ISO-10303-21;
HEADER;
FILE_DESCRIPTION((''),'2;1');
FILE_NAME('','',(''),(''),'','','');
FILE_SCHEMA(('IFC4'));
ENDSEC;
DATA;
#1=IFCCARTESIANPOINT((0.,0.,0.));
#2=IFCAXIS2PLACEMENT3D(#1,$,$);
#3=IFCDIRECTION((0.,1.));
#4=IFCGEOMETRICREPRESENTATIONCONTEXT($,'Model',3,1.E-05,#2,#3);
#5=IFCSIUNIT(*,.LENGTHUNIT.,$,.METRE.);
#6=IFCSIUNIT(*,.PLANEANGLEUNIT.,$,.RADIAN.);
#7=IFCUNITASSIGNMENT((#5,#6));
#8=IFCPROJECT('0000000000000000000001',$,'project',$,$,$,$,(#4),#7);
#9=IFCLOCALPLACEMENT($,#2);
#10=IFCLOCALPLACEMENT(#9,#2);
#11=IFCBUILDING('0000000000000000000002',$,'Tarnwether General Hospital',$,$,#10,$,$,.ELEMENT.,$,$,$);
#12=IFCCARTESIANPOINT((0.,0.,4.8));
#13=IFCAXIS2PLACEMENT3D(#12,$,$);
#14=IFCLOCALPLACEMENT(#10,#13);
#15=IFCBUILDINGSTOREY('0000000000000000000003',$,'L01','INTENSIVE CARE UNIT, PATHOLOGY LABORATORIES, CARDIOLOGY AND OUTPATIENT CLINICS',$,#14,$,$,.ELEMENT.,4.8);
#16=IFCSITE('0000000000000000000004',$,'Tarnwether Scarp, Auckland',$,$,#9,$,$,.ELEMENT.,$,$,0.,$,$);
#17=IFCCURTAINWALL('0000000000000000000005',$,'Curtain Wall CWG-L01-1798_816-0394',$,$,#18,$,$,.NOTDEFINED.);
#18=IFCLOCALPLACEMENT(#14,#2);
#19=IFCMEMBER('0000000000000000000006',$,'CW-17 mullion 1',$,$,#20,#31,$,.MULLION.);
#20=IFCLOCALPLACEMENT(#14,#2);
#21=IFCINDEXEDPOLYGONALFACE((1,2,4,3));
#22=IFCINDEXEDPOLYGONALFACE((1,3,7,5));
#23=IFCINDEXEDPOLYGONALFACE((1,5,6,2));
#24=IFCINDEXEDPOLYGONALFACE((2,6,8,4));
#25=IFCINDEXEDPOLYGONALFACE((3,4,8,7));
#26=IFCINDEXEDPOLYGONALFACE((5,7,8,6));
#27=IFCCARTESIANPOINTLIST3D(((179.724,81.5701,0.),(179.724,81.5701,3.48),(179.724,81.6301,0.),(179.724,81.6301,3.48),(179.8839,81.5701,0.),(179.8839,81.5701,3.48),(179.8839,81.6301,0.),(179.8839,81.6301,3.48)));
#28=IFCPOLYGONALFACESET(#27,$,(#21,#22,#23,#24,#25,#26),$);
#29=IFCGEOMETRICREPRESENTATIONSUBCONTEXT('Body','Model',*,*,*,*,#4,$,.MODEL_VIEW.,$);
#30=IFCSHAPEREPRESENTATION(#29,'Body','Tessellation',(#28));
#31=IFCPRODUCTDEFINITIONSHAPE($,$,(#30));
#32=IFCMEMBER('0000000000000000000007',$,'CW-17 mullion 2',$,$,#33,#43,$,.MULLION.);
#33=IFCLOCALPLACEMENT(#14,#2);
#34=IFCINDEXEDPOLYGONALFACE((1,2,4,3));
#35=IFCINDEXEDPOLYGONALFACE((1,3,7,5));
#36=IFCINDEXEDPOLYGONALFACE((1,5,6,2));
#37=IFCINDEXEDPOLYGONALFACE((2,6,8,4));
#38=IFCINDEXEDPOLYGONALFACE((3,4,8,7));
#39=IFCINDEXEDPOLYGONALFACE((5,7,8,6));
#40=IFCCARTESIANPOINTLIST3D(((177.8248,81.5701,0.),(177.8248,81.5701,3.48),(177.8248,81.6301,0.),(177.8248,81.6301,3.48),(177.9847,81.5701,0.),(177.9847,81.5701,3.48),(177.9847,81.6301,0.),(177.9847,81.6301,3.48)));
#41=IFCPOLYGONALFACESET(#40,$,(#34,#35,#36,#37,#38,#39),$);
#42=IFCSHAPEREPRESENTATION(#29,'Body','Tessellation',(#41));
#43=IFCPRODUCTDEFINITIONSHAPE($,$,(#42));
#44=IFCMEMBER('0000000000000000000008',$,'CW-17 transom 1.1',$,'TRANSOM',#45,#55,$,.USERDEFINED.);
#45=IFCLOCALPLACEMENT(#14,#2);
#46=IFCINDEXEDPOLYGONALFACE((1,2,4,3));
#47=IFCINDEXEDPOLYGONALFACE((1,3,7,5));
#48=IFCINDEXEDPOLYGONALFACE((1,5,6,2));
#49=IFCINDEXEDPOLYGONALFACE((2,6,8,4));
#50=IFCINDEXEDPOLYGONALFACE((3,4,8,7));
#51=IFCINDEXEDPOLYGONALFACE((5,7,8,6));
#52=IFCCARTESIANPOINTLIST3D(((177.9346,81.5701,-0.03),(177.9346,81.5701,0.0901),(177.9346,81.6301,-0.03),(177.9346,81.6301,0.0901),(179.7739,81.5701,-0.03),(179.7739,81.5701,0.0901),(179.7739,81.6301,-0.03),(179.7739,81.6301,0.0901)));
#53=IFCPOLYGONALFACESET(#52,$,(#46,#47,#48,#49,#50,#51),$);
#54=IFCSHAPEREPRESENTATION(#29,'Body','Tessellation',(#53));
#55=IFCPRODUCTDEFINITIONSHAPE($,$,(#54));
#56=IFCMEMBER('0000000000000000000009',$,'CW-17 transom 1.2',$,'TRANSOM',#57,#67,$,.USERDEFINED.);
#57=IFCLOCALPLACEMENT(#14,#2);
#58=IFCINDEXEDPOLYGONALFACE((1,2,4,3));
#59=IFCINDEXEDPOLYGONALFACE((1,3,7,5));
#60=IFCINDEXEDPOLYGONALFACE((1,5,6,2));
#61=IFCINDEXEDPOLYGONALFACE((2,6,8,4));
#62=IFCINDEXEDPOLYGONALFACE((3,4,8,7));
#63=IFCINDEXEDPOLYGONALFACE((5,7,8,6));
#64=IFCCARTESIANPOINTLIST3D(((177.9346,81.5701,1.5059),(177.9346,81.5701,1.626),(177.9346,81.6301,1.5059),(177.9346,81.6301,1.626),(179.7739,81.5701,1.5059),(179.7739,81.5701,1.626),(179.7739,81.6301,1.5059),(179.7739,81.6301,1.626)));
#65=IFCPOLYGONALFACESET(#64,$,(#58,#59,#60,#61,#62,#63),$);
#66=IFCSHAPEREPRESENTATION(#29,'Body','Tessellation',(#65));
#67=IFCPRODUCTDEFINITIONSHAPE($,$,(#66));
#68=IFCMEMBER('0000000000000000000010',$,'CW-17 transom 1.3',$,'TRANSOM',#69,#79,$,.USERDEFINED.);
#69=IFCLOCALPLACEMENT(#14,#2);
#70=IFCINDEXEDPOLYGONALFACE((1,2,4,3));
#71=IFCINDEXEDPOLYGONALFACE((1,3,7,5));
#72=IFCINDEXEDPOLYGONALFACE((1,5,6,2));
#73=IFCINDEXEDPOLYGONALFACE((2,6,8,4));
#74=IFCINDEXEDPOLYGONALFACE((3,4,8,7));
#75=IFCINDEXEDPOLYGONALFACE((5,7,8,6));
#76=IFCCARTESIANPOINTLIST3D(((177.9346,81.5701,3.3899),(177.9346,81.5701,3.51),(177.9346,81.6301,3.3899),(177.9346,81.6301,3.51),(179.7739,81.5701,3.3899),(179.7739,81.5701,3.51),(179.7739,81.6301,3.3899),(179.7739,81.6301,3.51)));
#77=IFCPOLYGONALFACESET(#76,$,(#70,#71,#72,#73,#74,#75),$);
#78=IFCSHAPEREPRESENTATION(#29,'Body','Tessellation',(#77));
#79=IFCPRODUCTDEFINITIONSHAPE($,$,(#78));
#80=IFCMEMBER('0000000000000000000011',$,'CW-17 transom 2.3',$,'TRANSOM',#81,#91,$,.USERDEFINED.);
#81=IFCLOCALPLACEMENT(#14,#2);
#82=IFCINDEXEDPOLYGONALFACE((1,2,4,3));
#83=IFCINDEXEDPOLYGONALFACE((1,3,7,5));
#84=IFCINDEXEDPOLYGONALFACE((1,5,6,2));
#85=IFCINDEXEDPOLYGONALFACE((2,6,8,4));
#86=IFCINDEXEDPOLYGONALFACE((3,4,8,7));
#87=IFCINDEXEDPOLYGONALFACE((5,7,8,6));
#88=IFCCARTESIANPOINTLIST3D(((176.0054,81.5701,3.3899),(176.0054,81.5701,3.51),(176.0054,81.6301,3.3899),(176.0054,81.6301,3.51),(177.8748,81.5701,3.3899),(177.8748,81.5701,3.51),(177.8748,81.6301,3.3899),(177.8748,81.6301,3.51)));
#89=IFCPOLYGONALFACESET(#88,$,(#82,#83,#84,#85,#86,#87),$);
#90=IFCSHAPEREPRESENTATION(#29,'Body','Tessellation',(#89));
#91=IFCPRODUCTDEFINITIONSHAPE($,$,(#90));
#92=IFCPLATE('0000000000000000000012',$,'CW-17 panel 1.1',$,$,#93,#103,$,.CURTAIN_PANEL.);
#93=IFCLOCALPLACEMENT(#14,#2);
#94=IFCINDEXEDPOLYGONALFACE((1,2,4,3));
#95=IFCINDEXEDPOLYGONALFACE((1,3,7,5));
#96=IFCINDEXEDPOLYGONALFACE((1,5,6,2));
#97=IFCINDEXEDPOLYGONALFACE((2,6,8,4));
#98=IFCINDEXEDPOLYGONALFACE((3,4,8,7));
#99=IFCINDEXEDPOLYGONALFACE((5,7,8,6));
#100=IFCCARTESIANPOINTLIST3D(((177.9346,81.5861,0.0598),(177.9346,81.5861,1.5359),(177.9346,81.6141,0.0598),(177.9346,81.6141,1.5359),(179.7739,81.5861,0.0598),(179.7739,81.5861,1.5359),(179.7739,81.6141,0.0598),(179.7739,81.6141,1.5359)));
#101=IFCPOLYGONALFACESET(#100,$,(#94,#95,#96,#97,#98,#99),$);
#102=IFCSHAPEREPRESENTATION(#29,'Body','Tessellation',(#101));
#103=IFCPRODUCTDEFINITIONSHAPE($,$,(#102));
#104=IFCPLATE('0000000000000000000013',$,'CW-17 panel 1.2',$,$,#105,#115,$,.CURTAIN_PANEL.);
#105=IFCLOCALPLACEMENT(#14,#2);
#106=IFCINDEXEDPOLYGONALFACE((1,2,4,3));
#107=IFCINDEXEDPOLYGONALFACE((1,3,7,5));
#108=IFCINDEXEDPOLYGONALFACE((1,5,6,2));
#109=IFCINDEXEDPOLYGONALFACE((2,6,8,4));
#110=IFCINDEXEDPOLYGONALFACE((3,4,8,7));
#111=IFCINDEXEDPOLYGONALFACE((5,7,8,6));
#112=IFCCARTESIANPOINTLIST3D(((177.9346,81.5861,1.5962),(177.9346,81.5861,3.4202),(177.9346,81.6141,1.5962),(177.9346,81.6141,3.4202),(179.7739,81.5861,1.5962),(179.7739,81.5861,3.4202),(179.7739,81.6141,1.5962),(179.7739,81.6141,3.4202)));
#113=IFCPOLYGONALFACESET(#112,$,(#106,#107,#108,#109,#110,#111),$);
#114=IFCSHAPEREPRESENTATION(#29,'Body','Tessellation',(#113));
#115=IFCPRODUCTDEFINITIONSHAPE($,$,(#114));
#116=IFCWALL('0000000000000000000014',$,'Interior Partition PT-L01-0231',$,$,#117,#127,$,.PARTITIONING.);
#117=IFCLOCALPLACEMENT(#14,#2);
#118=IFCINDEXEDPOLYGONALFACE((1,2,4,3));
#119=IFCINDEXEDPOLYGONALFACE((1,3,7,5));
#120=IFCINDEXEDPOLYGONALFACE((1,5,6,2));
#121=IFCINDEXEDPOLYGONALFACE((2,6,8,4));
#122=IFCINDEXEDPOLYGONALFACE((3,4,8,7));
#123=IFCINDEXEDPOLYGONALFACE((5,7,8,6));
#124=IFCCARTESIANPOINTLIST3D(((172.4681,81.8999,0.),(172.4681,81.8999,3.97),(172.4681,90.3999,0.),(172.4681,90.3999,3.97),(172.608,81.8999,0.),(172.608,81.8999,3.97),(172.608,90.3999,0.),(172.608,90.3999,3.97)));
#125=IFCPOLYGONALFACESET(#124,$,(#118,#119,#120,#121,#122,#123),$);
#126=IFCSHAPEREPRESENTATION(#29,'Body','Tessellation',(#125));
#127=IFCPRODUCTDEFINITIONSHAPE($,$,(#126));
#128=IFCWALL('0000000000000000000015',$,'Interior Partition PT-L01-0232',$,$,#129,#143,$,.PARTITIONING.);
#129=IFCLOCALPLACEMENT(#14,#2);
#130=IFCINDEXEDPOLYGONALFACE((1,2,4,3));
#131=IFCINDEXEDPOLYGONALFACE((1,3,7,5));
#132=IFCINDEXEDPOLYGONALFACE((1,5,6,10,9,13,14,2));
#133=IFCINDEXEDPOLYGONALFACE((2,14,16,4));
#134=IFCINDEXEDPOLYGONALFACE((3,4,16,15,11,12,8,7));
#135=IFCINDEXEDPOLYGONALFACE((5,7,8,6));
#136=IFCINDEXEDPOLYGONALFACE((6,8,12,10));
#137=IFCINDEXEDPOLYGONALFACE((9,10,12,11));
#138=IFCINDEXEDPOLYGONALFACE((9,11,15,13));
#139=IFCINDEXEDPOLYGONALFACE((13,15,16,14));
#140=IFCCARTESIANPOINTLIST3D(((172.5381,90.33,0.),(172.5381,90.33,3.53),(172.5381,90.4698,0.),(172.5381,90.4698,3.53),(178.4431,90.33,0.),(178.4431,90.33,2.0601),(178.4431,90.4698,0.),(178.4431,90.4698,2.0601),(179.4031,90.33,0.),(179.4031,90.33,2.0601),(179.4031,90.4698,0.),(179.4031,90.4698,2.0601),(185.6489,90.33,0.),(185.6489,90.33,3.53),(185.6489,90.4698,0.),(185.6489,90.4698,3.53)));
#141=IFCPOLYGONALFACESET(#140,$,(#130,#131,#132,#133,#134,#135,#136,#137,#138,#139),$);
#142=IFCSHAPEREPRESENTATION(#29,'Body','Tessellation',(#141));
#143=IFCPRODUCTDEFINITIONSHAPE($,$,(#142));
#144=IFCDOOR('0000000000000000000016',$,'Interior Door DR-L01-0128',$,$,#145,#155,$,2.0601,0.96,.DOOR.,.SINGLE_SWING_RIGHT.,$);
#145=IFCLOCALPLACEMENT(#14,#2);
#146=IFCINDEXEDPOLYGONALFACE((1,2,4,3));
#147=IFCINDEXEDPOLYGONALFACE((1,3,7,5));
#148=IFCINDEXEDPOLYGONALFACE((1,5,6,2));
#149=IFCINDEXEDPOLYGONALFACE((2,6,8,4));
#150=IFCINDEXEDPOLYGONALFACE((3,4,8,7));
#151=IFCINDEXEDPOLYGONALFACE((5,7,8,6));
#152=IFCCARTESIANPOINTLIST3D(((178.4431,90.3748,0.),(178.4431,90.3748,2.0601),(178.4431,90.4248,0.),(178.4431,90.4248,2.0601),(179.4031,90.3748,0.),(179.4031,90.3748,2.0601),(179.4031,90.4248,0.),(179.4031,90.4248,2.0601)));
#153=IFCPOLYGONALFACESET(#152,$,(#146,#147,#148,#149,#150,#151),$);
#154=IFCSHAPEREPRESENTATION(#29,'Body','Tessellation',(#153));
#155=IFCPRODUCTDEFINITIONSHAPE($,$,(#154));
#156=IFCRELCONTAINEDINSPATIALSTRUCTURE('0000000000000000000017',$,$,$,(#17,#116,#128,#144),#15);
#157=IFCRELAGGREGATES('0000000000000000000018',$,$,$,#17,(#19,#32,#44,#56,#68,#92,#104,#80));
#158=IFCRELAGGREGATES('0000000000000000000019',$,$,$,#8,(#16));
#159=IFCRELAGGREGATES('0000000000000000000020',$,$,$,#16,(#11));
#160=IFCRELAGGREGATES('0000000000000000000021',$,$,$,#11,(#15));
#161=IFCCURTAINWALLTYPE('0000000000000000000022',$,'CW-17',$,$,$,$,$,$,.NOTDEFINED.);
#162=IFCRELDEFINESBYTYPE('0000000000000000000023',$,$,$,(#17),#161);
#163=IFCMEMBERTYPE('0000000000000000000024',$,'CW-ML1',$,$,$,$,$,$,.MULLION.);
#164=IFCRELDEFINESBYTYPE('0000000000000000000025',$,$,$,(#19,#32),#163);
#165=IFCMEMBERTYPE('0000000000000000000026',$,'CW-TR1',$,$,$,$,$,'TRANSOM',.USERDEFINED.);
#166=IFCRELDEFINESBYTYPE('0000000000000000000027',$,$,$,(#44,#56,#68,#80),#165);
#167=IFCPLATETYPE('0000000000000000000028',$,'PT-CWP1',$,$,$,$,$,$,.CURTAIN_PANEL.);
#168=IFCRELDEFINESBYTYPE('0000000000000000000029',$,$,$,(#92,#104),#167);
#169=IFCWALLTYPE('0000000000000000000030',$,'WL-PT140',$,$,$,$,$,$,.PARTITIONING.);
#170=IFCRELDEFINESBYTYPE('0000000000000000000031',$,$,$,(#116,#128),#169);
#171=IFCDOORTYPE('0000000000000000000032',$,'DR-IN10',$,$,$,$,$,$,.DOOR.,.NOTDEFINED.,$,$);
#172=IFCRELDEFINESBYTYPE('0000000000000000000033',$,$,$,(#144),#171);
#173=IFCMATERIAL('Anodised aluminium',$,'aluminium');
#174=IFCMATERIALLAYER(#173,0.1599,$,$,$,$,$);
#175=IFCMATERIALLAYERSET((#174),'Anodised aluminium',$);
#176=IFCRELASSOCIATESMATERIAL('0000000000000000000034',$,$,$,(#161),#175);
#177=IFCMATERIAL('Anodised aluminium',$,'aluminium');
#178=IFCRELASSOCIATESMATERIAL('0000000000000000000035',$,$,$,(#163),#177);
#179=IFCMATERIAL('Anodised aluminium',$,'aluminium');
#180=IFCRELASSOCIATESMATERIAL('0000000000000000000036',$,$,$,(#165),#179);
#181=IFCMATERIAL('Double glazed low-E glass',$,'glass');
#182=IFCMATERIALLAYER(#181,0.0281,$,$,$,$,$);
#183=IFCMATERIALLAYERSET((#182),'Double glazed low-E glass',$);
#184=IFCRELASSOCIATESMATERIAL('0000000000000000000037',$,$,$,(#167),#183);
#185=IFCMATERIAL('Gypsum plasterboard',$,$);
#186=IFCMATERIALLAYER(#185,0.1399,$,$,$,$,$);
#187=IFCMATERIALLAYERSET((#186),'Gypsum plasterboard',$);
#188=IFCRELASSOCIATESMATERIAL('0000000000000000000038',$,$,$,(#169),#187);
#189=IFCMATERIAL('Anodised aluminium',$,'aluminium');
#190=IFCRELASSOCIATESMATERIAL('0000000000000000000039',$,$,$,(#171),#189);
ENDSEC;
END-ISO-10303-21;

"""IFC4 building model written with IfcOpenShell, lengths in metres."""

from ifc_helpers import new_model, si_unit, direction, frame, frame_2d, origin, origin_2d, place, context, subcontext, project, spatial, rectangle, extrude, material, layer, layer_set, material_profile, profile_set, type_object, element, fill, aggregate, save


model = new_model("IFC4")

# Units and contexts
model_context = context("Model", 3, precision=1e-05, world=origin(), true_north=direction((0.0, 1.0)))
body_context = subcontext(model_context, "Body", "Model", "MODEL_VIEW")
ifc_project = project(units=[si_unit("LENGTHUNIT", "METRE"), si_unit("PLANEANGLEUNIT", "RADIAN")], contexts=[model_context])

# Site, building, storey
site_placement = place(None, origin())
site = spatial("IfcSite", under=ifc_project, at=site_placement, Name="Tarnwether Scarp, Auckland", CompositionType="ELEMENT", RefElevation=0.0)
building_placement = place(site_placement, origin())
building = spatial("IfcBuilding", under=site, at=building_placement, Name="Tarnwether General Hospital", CompositionType="ELEMENT")
storey_placement = place(building_placement, frame((0.0, 0.0, 4.8)))
storey = spatial("IfcBuildingStorey", under=building, at=storey_placement, Name="L01", Description="INTENSIVE CARE UNIT, PATHOLOGY LABORATORIES, CARDIOLOGY AND OUTPATIENT CLINICS", CompositionType="ELEMENT", Elevation=4.8)

# Shared definitions
ifc_material_1 = material(Name="Anodised aluminium", Category="aluminium")
ifc_layer_1 = layer(ifc_material_1, 0.1599)
ifc_layer_set_1 = layer_set([ifc_layer_1], Name="Anodised aluminium")
curtain_wall_type = type_object("IfcCurtainWallType", Name="CW-17", PredefinedType="NOTDEFINED", material=ifc_layer_set_1)
ifc_material_2 = material(Name="Anodised aluminium", Category="aluminium")
ifc_material_profile_1 = material_profile(ifc_material_2, rectangle(XDim=0.0601, YDim=0.1599, at=origin_2d()), Name="ALU-MUL-60x160")
ifc_profile_set_1 = profile_set([ifc_material_profile_1], Name="Anodised aluminium")
member_type_1 = type_object("IfcMemberType", Name="CW-ML1", PredefinedType="MULLION", material=ifc_profile_set_1)

# Curtain wall, members, plates
curtain_wall_1_placement = place(storey_placement, origin())
curtain_wall_1 = element("IfcCurtainWall", 1, at=curtain_wall_1_placement, inside=storey, type_object=curtain_wall_type, Name="Curtain Wall CWG-L01-1798_816-0394", PredefinedType="NOTDEFINED")
member_1_placement = place(storey_placement, frame((179.804, 81.6001, 0.0), z_axis=(0.0, 0.0, 1.0), x_axis=(0.0, -1.0, 0.0)))
member_1 = element("IfcMember", 2, at=member_1_placement, type_object=member_type_1, Name="CW-17 mullion 1", PredefinedType="MULLION", context=body_context, shape_type="SweptSolid", body=[
    extrude(rectangle(XDim=0.0601, YDim=0.1599, at=origin_2d()), origin(), (0.0, 0.0, 1.0), 3.48),
])
member_2_placement = place(storey_placement, frame((177.9048, 81.6001, 0.0), z_axis=(0.0, 0.0, 1.0), x_axis=(0.0, -1.0, 0.0)))
member_2 = element("IfcMember", 3, at=member_2_placement, type_object=member_type_1, Name="CW-17 mullion 2", PredefinedType="MULLION", context=body_context, shape_type="SweptSolid", body=[
    extrude(rectangle(XDim=0.0601, YDim=0.1599, at=origin_2d()), origin(), (0.0, 0.0, 1.0), 3.48),
])
ifc_material_3 = material(Name="Anodised aluminium", Category="aluminium")
ifc_material_profile_2 = material_profile(ifc_material_3, rectangle(XDim=0.0601, YDim=0.1201, at=origin_2d()), Name="ALU-TRN-60x120")
ifc_profile_set_2 = profile_set([ifc_material_profile_2], Name="Anodised aluminium")
member_type_2 = type_object("IfcMemberType", Name="CW-TR1", ElementType="TRANSOM", PredefinedType="USERDEFINED", material=ifc_profile_set_2)
member_3_placement = place(storey_placement, frame((179.7739, 81.6001, 0.03), z_axis=(-1.0, 0.0, 0.0), x_axis=(0.0, -1.0, 0.0)))
member_3 = element("IfcMember", 4, at=member_3_placement, type_object=member_type_2, Name="CW-17 transom 1.1", ObjectType="TRANSOM", PredefinedType="USERDEFINED", context=body_context, shape_type="SweptSolid", body=[
    extrude(rectangle(XDim=0.0601, YDim=0.1201, at=origin_2d()), origin(), (0.0, 0.0, 1.0), 1.8394),
])
member_4_placement = place(storey_placement, frame((179.7739, 81.6001, 1.5659), z_axis=(-1.0, 0.0, 0.0), x_axis=(0.0, -1.0, 0.0)))
member_4 = element("IfcMember", 5, at=member_4_placement, type_object=member_type_2, Name="CW-17 transom 1.2", ObjectType="TRANSOM", PredefinedType="USERDEFINED", context=body_context, shape_type="SweptSolid", body=[
    extrude(rectangle(XDim=0.0601, YDim=0.1201, at=origin_2d()), origin(), (0.0, 0.0, 1.0), 1.8394),
])
member_5_placement = place(storey_placement, frame((179.7739, 81.6001, 3.45), z_axis=(-1.0, 0.0, 0.0), x_axis=(0.0, -1.0, 0.0)))
member_5 = element("IfcMember", 6, at=member_5_placement, type_object=member_type_2, Name="CW-17 transom 1.3", ObjectType="TRANSOM", PredefinedType="USERDEFINED", context=body_context, shape_type="SweptSolid", body=[
    extrude(rectangle(XDim=0.0601, YDim=0.1201, at=origin_2d()), origin(), (0.0, 0.0, 1.0), 1.8394),
])
member_6_placement = place(storey_placement, frame((177.8748, 81.6001, 3.45), z_axis=(-1.0, 0.0, 0.0), x_axis=(0.0, -1.0, 0.0)))
member_6 = element("IfcMember", 7, at=member_6_placement, type_object=member_type_2, Name="CW-17 transom 2.3", ObjectType="TRANSOM", PredefinedType="USERDEFINED", context=body_context, shape_type="SweptSolid", body=[
    extrude(rectangle(XDim=0.0601, YDim=0.1201, at=origin_2d()), origin(), (0.0, 0.0, 1.0), 1.8694),
])
ifc_material_4 = material(Name="Double glazed low-E glass", Category="glass")
ifc_layer_2 = layer(ifc_material_4, 0.0281)
ifc_layer_set_2 = layer_set([ifc_layer_2], Name="Double glazed low-E glass")
plate_type = type_object("IfcPlateType", Name="PT-CWP1", PredefinedType="CURTAIN_PANEL", material=ifc_layer_set_2)
plate_1_placement = place(storey_placement, frame((178.8542, 81.6001, 0.0598), z_axis=(0.0, 0.0, 1.0), x_axis=(-1.0, 0.0, 0.0)))
plate_1 = element("IfcPlate", 8, at=plate_1_placement, type_object=plate_type, Name="CW-17 panel 1.1", PredefinedType="CURTAIN_PANEL", context=body_context, shape_type="SweptSolid", body=[
    extrude(rectangle(XDim=1.8394, YDim=0.0281, at=origin_2d()), origin(), (0.0, 0.0, 1.0), 1.4761),
])
plate_2_placement = place(storey_placement, frame((178.8542, 81.6001, 1.5962), z_axis=(0.0, 0.0, 1.0), x_axis=(-1.0, 0.0, 0.0)))
plate_2 = element("IfcPlate", 9, at=plate_2_placement, type_object=plate_type, Name="CW-17 panel 1.2", PredefinedType="CURTAIN_PANEL", context=body_context, shape_type="SweptSolid", body=[
    extrude(rectangle(XDim=1.8394, YDim=0.0281, at=origin_2d()), origin(), (0.0, 0.0, 1.0), 1.824),
])
aggregate(curtain_wall_1, [member_1, member_2, member_3, member_4, member_5, plate_1, plate_2, member_6])

# Wall
ifc_material_5 = material(Name="Gypsum plasterboard")
ifc_layer_3 = layer(ifc_material_5, 0.1399)
ifc_layer_set_3 = layer_set([ifc_layer_3], Name="Gypsum plasterboard")
wall_type_1 = type_object("IfcWallType", Name="WL-PT140", PredefinedType="PARTITIONING", material=ifc_layer_set_3)
wall_1_placement = place(storey_placement, frame((172.5381, 81.8999, 0.0), z_axis=(0.0, 0.0, 1.0), x_axis=(0.0, 1.0, 0.0)))
element("IfcWall", 10, at=wall_1_placement, inside=storey, type_object=wall_type_1, Name="Interior Partition PT-L01-0231", PredefinedType="PARTITIONING", context=body_context, shape_type="SweptSolid", body=[
    extrude(rectangle(XDim=8.5, YDim=0.1399, at=frame_2d((4.25, 0.0))), origin(), (0.0, 0.0, 1.0), 3.97),
])

# Wall, opening, door
wall_2_placement = place(storey_placement, frame((172.5381, 90.3999, 0.0), z_axis=(0.0, 0.0, 1.0), x_axis=(1.0, 0.0, 0.0)))
wall_2 = element("IfcWall", 11, at=wall_2_placement, inside=storey, type_object=wall_type_1, Name="Interior Partition PT-L01-0232", PredefinedType="PARTITIONING", context=body_context, shape_type="SweptSolid", body=[
    extrude(rectangle(XDim=13.1108, YDim=0.1399, at=frame_2d((6.5554, 0.0))), origin(), (0.0, 0.0, 1.0), 3.53),
])
opening_1_placement = place(wall_2_placement, frame((5.905, 0.0, 0.0)))
opening_1 = element("IfcOpeningElement", 12, at=opening_1_placement, cuts=wall_2, PredefinedType="OPENING", context=body_context, shape_type="SweptSolid", body=[
    extrude(rectangle(XDim=0.96, YDim=2.0601, at=frame_2d((0.48, 1.03))), frame((0.0, 0.0801, 0.0), z_axis=(0.0, -1.0, 0.0), x_axis=(1.0, 0.0, 0.0)), (0.0, 0.0, 1.0), 0.1599),
])
ifc_material_6 = material(Name="Anodised aluminium", Category="aluminium")
door_type_1 = type_object("IfcDoorType", Name="DR-IN10", OperationType="NOTDEFINED", PredefinedType="DOOR", material=ifc_material_6)
door_1_placement = place(opening_1_placement, origin())
door_1 = element("IfcDoor", 13, at=door_1_placement, inside=storey, type_object=door_type_1, Name="Interior Door DR-L01-0128", OperationType="SINGLE_SWING_RIGHT", OverallHeight=2.0601, OverallWidth=0.96, PredefinedType="DOOR", context=body_context, shape_type="SweptSolid", body=[
    extrude(rectangle(XDim=0.96, YDim=2.0601, at=frame_2d((0.48, 1.03))), frame((0.0, 0.0249, 0.0), z_axis=(0.0, -1.0, 0.0), x_axis=(1.0, 0.0, 0.0)), (0.0, 0.0, 1.0), 0.05),
])
fill(opening_1, door_1)

save(model, "model.ifc")
